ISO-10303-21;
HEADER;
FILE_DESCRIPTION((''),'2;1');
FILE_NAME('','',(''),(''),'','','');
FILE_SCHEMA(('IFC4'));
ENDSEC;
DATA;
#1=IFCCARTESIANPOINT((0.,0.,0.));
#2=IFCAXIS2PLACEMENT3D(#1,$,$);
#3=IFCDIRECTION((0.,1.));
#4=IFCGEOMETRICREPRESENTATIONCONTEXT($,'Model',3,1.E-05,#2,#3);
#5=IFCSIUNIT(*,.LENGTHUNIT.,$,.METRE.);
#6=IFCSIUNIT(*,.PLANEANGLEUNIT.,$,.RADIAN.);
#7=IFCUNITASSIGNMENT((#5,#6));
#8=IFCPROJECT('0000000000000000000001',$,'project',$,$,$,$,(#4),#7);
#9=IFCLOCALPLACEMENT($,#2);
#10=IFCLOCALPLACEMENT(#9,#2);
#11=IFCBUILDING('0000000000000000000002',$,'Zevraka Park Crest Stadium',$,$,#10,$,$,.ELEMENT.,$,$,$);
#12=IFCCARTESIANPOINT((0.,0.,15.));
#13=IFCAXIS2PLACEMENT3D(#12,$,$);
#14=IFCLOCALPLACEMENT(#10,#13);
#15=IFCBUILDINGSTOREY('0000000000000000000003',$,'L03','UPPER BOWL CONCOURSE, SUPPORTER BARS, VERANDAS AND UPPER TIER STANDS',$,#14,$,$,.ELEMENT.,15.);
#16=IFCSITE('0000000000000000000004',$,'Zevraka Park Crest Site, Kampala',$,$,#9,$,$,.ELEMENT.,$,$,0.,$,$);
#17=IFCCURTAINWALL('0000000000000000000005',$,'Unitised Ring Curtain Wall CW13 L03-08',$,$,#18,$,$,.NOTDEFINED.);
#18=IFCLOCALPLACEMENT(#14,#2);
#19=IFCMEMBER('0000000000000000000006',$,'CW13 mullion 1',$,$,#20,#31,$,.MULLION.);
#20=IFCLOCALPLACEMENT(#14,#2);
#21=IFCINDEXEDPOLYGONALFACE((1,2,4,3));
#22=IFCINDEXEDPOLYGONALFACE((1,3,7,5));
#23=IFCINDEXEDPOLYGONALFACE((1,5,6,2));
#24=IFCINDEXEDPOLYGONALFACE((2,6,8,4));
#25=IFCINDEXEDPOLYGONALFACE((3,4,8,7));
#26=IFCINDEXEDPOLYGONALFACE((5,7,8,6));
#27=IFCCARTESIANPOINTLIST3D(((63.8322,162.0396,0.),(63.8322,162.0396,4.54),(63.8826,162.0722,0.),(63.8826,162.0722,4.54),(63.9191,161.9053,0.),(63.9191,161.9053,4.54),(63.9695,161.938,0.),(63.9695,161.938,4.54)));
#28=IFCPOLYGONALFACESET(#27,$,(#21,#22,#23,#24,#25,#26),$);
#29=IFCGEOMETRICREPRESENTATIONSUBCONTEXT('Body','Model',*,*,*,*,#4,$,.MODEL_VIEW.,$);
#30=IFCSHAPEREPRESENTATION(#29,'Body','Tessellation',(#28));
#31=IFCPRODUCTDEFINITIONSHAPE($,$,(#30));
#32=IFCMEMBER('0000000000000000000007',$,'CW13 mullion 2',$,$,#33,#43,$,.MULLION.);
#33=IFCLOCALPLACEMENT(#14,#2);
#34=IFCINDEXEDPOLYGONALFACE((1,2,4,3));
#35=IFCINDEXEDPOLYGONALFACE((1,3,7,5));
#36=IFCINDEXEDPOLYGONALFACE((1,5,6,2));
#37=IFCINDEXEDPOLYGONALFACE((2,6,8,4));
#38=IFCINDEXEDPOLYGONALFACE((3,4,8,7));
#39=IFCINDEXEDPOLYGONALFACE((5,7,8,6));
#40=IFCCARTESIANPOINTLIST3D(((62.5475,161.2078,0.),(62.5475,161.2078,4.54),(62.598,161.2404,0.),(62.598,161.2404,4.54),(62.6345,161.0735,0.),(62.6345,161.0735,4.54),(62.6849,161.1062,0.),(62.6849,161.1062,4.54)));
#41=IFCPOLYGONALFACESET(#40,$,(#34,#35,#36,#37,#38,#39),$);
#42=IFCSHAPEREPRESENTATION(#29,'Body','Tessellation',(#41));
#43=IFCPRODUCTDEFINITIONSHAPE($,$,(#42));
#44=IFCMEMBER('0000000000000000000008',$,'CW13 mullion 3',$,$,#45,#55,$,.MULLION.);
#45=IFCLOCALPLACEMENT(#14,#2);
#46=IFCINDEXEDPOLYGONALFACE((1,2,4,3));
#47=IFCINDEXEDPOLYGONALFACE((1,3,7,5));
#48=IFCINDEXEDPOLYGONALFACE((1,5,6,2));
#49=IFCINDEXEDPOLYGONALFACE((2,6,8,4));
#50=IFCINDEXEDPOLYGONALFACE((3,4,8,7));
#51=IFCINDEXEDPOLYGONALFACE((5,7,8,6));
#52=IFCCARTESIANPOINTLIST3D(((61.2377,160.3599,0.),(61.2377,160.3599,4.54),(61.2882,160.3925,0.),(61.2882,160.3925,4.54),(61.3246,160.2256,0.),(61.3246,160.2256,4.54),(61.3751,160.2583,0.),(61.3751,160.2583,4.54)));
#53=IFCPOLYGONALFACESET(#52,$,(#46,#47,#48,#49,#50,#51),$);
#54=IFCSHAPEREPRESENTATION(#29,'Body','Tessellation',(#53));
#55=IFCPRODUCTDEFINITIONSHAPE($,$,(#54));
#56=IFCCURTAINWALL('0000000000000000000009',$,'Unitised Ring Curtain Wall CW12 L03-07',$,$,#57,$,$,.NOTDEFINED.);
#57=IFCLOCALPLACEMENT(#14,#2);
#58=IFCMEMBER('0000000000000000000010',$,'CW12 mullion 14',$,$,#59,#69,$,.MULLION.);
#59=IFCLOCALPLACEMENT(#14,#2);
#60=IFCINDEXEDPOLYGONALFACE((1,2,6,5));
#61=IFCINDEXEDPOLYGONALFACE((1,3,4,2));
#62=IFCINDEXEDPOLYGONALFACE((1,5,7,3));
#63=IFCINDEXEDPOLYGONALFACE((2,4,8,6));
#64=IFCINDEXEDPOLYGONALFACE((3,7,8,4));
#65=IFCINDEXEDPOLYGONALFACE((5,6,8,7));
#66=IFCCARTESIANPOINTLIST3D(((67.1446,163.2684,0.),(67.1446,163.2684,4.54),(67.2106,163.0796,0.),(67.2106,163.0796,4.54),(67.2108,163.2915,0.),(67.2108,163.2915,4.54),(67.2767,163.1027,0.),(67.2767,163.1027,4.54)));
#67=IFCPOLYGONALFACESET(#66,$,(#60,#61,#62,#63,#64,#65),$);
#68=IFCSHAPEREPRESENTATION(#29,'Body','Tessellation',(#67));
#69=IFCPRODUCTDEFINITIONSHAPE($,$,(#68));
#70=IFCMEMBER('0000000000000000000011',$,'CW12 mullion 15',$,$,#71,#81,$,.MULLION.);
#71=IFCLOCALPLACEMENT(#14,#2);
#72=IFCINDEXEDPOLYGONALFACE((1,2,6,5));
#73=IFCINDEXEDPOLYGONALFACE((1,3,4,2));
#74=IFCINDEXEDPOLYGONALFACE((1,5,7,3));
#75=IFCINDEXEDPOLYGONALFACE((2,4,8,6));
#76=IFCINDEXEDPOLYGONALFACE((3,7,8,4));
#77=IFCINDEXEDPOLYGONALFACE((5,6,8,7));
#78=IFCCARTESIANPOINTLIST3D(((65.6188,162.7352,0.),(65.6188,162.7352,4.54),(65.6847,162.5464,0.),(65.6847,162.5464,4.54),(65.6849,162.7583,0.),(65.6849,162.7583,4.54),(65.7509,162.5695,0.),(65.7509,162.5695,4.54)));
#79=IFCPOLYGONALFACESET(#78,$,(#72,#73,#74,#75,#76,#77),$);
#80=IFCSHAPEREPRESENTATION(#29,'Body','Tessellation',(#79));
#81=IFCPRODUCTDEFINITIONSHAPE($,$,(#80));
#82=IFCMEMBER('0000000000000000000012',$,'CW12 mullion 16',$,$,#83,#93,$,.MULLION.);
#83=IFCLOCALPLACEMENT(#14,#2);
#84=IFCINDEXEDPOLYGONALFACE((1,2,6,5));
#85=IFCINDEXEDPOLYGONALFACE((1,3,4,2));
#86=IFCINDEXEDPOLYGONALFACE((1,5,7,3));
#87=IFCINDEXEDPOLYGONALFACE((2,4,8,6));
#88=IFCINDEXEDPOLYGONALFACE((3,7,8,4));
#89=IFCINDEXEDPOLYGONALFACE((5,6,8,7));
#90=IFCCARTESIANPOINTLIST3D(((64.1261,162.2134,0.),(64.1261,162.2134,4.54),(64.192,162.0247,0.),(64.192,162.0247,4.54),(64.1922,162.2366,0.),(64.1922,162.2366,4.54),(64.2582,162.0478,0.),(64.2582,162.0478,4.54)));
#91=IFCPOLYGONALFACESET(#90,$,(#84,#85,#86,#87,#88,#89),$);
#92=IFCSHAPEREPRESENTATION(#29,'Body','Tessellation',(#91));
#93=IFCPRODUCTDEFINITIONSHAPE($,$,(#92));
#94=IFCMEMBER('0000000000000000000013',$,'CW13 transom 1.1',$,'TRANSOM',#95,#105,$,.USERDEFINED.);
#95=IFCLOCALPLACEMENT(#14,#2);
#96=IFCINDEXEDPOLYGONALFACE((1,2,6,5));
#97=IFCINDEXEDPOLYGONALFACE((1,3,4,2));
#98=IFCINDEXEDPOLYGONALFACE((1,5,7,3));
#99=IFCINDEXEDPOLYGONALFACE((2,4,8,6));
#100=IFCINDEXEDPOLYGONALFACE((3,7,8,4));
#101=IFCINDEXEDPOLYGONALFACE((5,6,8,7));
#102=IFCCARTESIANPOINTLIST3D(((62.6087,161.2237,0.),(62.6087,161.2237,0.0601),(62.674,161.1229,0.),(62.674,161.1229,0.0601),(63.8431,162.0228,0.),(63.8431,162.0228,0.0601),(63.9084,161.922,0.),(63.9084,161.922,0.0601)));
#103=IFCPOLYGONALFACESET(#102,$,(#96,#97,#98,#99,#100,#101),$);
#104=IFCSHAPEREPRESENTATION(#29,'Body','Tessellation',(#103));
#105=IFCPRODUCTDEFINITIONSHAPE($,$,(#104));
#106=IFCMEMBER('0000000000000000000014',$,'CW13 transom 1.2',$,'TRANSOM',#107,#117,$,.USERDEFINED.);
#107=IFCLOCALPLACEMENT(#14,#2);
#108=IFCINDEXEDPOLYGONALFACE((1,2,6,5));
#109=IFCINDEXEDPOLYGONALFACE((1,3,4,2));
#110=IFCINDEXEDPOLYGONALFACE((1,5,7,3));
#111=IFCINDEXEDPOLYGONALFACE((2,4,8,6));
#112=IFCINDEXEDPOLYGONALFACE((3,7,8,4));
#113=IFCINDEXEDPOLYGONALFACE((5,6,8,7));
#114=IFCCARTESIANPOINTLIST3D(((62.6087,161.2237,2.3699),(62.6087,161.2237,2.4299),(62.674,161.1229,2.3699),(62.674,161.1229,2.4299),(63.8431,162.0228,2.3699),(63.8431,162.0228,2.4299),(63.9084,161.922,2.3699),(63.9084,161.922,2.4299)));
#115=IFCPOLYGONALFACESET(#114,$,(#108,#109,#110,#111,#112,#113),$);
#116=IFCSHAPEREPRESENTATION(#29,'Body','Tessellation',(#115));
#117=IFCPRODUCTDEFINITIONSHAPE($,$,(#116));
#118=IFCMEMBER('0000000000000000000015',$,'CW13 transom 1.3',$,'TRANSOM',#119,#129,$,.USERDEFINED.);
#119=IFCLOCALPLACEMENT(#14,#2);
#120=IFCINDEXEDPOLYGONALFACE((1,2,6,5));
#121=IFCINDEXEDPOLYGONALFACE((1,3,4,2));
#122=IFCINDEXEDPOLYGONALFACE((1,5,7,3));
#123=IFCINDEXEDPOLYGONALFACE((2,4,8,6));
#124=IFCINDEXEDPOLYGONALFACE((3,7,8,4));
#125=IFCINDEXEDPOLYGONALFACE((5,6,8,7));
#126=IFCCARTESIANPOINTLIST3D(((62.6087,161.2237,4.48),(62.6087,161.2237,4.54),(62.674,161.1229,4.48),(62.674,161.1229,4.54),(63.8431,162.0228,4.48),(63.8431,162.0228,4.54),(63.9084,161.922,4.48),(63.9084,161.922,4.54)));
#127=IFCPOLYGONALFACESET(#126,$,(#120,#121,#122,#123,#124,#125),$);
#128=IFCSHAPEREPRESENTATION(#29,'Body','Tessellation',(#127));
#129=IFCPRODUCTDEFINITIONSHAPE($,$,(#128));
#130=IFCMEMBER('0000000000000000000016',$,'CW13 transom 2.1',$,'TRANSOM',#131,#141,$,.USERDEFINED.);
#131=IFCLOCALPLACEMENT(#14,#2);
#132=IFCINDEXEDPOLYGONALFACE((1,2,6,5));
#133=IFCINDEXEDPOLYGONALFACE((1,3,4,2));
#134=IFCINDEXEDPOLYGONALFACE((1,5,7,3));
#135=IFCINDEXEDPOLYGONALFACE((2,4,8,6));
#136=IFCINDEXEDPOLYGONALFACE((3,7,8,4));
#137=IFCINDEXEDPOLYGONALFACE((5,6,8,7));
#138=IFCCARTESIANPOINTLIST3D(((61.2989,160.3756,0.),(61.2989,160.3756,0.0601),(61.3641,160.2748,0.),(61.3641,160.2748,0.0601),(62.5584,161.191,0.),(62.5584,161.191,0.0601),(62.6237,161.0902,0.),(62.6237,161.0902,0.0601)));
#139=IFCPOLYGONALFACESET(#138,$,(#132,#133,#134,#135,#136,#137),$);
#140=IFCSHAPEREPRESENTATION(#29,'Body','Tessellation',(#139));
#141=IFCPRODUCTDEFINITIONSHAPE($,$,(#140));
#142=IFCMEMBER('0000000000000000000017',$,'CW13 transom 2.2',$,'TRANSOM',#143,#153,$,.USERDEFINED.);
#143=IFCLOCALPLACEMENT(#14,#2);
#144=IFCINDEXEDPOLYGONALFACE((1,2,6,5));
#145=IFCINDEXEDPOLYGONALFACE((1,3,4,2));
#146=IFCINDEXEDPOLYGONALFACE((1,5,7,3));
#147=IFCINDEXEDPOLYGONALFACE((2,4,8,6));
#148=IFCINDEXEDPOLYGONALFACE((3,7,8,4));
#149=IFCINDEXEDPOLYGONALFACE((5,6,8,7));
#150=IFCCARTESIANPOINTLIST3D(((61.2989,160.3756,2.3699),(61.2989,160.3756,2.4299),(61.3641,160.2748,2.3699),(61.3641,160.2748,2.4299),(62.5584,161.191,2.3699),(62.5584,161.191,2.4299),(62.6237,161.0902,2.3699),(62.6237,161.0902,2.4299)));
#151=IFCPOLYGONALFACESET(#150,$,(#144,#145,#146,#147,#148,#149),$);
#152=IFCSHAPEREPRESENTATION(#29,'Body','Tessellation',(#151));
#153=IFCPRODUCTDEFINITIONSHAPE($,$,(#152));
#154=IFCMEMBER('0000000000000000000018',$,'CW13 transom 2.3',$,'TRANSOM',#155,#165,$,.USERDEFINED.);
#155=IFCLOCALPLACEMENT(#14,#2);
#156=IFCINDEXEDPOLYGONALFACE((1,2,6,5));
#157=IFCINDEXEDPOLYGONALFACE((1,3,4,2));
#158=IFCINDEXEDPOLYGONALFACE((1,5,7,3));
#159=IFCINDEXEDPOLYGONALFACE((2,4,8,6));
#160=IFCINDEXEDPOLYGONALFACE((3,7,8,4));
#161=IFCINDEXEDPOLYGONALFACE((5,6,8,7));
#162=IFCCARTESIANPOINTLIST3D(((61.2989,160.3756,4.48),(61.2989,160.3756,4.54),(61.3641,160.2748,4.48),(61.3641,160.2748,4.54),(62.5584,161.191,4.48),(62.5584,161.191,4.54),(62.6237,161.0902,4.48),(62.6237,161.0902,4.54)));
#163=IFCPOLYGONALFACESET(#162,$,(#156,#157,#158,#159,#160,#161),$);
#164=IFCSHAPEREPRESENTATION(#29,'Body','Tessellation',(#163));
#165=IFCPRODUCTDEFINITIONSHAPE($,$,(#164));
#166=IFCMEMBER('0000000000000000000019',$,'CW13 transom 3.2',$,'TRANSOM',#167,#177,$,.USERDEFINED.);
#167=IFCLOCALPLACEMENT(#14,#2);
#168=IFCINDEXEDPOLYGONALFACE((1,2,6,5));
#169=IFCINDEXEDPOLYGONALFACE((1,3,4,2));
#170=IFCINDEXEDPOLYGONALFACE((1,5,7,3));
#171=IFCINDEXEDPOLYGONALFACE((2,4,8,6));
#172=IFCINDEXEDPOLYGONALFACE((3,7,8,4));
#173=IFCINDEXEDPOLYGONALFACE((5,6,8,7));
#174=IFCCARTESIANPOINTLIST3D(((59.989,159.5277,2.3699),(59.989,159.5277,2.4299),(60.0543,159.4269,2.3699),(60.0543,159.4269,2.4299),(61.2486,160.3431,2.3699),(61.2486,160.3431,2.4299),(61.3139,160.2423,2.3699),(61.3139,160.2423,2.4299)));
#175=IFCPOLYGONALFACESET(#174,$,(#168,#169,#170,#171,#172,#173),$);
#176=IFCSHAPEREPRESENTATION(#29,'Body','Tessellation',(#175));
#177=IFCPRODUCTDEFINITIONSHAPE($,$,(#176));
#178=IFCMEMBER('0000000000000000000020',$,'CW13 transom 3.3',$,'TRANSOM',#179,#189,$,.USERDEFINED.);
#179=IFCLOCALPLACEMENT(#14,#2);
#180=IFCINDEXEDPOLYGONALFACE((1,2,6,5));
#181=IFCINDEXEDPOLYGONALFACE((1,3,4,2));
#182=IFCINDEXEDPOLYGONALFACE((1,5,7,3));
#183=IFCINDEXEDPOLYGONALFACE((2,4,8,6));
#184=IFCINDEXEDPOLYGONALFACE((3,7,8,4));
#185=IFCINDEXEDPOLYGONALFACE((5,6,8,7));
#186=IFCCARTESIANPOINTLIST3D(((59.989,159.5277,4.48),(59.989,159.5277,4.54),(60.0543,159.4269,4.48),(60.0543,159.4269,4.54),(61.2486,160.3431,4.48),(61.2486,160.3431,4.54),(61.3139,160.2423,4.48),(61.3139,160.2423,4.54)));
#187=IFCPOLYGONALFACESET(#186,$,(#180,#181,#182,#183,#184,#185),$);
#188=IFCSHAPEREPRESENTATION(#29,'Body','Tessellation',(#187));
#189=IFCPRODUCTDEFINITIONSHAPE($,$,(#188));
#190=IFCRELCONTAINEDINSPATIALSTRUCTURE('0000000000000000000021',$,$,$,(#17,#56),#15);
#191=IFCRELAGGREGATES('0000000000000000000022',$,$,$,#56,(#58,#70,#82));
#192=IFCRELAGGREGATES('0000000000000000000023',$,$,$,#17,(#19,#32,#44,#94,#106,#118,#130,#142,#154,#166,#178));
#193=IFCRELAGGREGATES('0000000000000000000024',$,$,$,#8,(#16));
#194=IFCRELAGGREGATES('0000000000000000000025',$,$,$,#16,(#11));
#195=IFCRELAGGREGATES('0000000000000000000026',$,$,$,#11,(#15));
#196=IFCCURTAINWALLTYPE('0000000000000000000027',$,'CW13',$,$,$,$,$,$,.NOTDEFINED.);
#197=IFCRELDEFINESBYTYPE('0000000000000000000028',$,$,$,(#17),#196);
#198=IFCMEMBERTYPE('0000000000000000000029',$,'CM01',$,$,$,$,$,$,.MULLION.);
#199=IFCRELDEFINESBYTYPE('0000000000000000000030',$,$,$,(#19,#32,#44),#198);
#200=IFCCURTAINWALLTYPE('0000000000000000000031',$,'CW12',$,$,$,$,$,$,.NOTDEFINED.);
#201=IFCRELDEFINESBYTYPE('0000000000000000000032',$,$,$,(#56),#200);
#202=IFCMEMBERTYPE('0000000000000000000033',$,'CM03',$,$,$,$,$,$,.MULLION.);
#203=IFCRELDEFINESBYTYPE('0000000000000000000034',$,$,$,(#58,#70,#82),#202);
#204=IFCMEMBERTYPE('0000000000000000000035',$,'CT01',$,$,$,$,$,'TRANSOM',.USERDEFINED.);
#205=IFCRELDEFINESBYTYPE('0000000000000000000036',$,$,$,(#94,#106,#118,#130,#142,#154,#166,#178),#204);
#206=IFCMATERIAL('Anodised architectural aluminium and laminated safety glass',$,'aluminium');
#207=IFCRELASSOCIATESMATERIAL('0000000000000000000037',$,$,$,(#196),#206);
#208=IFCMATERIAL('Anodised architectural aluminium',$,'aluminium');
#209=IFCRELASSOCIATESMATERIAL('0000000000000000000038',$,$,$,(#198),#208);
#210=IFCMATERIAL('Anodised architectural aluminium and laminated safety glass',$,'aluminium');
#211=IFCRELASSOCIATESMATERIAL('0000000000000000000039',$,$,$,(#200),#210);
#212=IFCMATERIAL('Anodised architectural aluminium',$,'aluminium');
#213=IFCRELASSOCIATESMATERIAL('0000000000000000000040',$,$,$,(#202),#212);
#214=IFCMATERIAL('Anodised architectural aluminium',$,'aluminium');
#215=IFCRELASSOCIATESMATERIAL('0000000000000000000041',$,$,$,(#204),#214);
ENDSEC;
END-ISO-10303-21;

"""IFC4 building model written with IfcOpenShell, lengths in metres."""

from ifc_helpers import new_model, si_unit, direction, frame, origin, origin_2d, place, context, subcontext, project, spatial, rectangle, extrude, material, material_profile, profile_set, type_object, element, aggregate, save


model = new_model("IFC4")

# Units and contexts
model_context = context("Model", 3, precision=1e-05, world=origin(), true_north=direction((0.0, 1.0)))
body_context = subcontext(model_context, "Body", "Model", "MODEL_VIEW")
ifc_project = project(units=[si_unit("LENGTHUNIT", "METRE"), si_unit("PLANEANGLEUNIT", "RADIAN")], contexts=[model_context])

# Site, building, storey
site_placement = place(None, origin())
site = spatial("IfcSite", under=ifc_project, at=site_placement, Name="Zevraka Park Crest Site, Kampala", CompositionType="ELEMENT", RefElevation=0.0)
building_placement = place(site_placement, origin())
building = spatial("IfcBuilding", under=site, at=building_placement, Name="Zevraka Park Crest Stadium", CompositionType="ELEMENT")
storey_placement = place(building_placement, frame((0.0, 0.0, 15.0)))
storey = spatial("IfcBuildingStorey", under=building, at=storey_placement, Name="L03", Description="UPPER BOWL CONCOURSE, SUPPORTER BARS, VERANDAS AND UPPER TIER STANDS", CompositionType="ELEMENT", Elevation=15.0)

# Curtain walls, members
ifc_material_1 = material(Name="Anodised architectural aluminium and laminated safety glass", Category="aluminium")
curtain_wall_type_1 = type_object("IfcCurtainWallType", Name="CW13", PredefinedType="NOTDEFINED", material=ifc_material_1)
curtain_wall_1_placement = place(storey_placement, origin())
curtain_wall_1 = element("IfcCurtainWall", 1, at=curtain_wall_1_placement, inside=storey, type_object=curtain_wall_type_1, Name="Unitised Ring Curtain Wall CW13 L03-08", PredefinedType="NOTDEFINED")
ifc_material_2 = material(Name="Anodised architectural aluminium", Category="aluminium")
ifc_material_profile_1 = material_profile(ifc_material_2, rectangle(XDim=0.1599, YDim=0.0601, at=origin_2d()), Name="ALU MULLION 160x60")
ifc_profile_set_1 = profile_set([ifc_material_profile_1], Name="Anodised architectural aluminium")
member_type_1 = type_object("IfcMemberType", Name="CM01", PredefinedType="MULLION", material=ifc_profile_set_1)
member_1_placement = place(storey_placement, frame((63.9009, 161.9888, 0.0), z_axis=(0.0, 0.0, 1.0), x_axis=(0.543469, -0.839429, 0.0)))
member_1 = element("IfcMember", 2, at=member_1_placement, type_object=member_type_1, Name="CW13 mullion 1", PredefinedType="MULLION", context=body_context, shape_type="SweptSolid", body=[
    extrude(rectangle(XDim=0.1599, YDim=0.0601, at=origin_2d()), origin(), (0.0, 0.0, 1.0), 4.54),
])
member_2_placement = place(storey_placement, frame((62.6162, 161.157, 0.0), z_axis=(0.0, 0.0, 1.0), x_axis=(0.543469, -0.839429, 0.0)))
member_2 = element("IfcMember", 3, at=member_2_placement, type_object=member_type_1, Name="CW13 mullion 2", PredefinedType="MULLION", context=body_context, shape_type="SweptSolid", body=[
    extrude(rectangle(XDim=0.1599, YDim=0.0601, at=origin_2d()), origin(), (0.0, 0.0, 1.0), 4.54),
])
member_3_placement = place(storey_placement, frame((61.3064, 160.3091, 0.0), z_axis=(0.0, 0.0, 1.0), x_axis=(0.543469, -0.839429, 0.0)))
member_3 = element("IfcMember", 4, at=member_3_placement, type_object=member_type_1, Name="CW13 mullion 3", PredefinedType="MULLION", context=body_context, shape_type="SweptSolid", body=[
    extrude(rectangle(XDim=0.1599, YDim=0.0601, at=origin_2d()), origin(), (0.0, 0.0, 1.0), 4.54),
])
ifc_material_3 = material(Name="Anodised architectural aluminium and laminated safety glass", Category="aluminium")
curtain_wall_type_2 = type_object("IfcCurtainWallType", Name="CW12", PredefinedType="NOTDEFINED", material=ifc_material_3)
curtain_wall_2_placement = place(storey_placement, origin())
curtain_wall_2 = element("IfcCurtainWall", 5, at=curtain_wall_2_placement, inside=storey, type_object=curtain_wall_type_2, Name="Unitised Ring Curtain Wall CW12 L03-07", PredefinedType="NOTDEFINED")
ifc_material_4 = material(Name="Anodised architectural aluminium", Category="aluminium")
ifc_material_profile_2 = material_profile(ifc_material_4, rectangle(XDim=0.2, YDim=0.0701, at=origin_2d()), Name="ALU MULLION 200x70")
ifc_profile_set_2 = profile_set([ifc_material_profile_2], Name="Anodised architectural aluminium")
member_type_2 = type_object("IfcMemberType", Name="CM03", PredefinedType="MULLION", material=ifc_profile_set_2)
member_4_placement = place(storey_placement, frame((67.2107, 163.1855, 0.0), z_axis=(0.0, 0.0, 1.0), x_axis=(0.329917, -0.94401, 0.0)))
member_4 = element("IfcMember", 6, at=member_4_placement, type_object=member_type_2, Name="CW12 mullion 14", PredefinedType="MULLION", context=body_context, shape_type="SweptSolid", body=[
    extrude(rectangle(XDim=0.2, YDim=0.0701, at=origin_2d()), origin(), (0.0, 0.0, 1.0), 4.54),
])
member_5_placement = place(storey_placement, frame((65.6848, 162.6523, 0.0), z_axis=(0.0, 0.0, 1.0), x_axis=(0.329917, -0.94401, 0.0)))
member_5 = element("IfcMember", 7, at=member_5_placement, type_object=member_type_2, Name="CW12 mullion 15", PredefinedType="MULLION", context=body_context, shape_type="SweptSolid", body=[
    extrude(rectangle(XDim=0.2, YDim=0.0701, at=origin_2d()), origin(), (0.0, 0.0, 1.0), 4.54),
])
member_6_placement = place(storey_placement, frame((64.1921, 162.1306, 0.0), z_axis=(0.0, 0.0, 1.0), x_axis=(0.329917, -0.94401, 0.0)))
member_6 = element("IfcMember", 8, at=member_6_placement, type_object=member_type_2, Name="CW12 mullion 16", PredefinedType="MULLION", context=body_context, shape_type="SweptSolid", body=[
    extrude(rectangle(XDim=0.2, YDim=0.0701, at=origin_2d()), origin(), (0.0, 0.0, 1.0), 4.54),
])

# Members
ifc_material_5 = material(Name="Anodised architectural aluminium", Category="aluminium")
ifc_material_profile_3 = material_profile(ifc_material_5, rectangle(XDim=0.1201, YDim=0.0601, at=origin_2d()), Name="ALU TRANSOM 120x60")
ifc_profile_set_3 = profile_set([ifc_material_profile_3], Name="Anodised architectural aluminium")
member_type_3 = type_object("IfcMemberType", Name="CT01", ElementType="TRANSOM", PredefinedType="USERDEFINED", material=ifc_profile_set_3)
member_7_placement = place(storey_placement, frame((63.8757, 161.9724, 0.03), z_axis=(-0.839459, -0.543423, 0.0), x_axis=(0.543423, -0.839459, 0.0)))
member_7 = element("IfcMember", 9, at=member_7_placement, type_object=member_type_3, Name="CW13 transom 1.1", ObjectType="TRANSOM", PredefinedType="USERDEFINED", context=body_context, shape_type="SweptSolid", body=[
    extrude(rectangle(XDim=0.1201, YDim=0.0601, at=origin_2d()), origin(), (0.0, 0.0, 1.0), 1.4705),
])
member_8_placement = place(storey_placement, frame((63.8757, 161.9724, 2.3999), z_axis=(-0.839459, -0.543423, 0.0), x_axis=(0.543423, -0.839459, 0.0)))
member_8 = element("IfcMember", 10, at=member_8_placement, type_object=member_type_3, Name="CW13 transom 1.2", ObjectType="TRANSOM", PredefinedType="USERDEFINED", context=body_context, shape_type="SweptSolid", body=[
    extrude(rectangle(XDim=0.1201, YDim=0.0601, at=origin_2d()), origin(), (0.0, 0.0, 1.0), 1.4705),
])
member_9_placement = place(storey_placement, frame((63.8757, 161.9724, 4.51), z_axis=(-0.839459, -0.543423, 0.0), x_axis=(0.543423, -0.839459, 0.0)))
member_9 = element("IfcMember", 11, at=member_9_placement, type_object=member_type_3, Name="CW13 transom 1.3", ObjectType="TRANSOM", PredefinedType="USERDEFINED", context=body_context, shape_type="SweptSolid", body=[
    extrude(rectangle(XDim=0.1201, YDim=0.0601, at=origin_2d()), origin(), (0.0, 0.0, 1.0), 1.4705),
])
member_10_placement = place(storey_placement, frame((62.5911, 161.1406, 0.03), z_axis=(-0.839435, -0.54346, 0.0), x_axis=(0.54346, -0.839435, 0.0)))
member_10 = element("IfcMember", 12, at=member_10_placement, type_object=member_type_3, Name="CW13 transom 2.1", ObjectType="TRANSOM", PredefinedType="USERDEFINED", context=body_context, shape_type="SweptSolid", body=[
    extrude(rectangle(XDim=0.1201, YDim=0.0601, at=origin_2d()), origin(), (0.0, 0.0, 1.0), 1.5005),
])
member_11_placement = place(storey_placement, frame((62.5911, 161.1406, 2.3999), z_axis=(-0.839435, -0.54346, 0.0), x_axis=(0.54346, -0.839435, 0.0)))
member_11 = element("IfcMember", 13, at=member_11_placement, type_object=member_type_3, Name="CW13 transom 2.2", ObjectType="TRANSOM", PredefinedType="USERDEFINED", context=body_context, shape_type="SweptSolid", body=[
    extrude(rectangle(XDim=0.1201, YDim=0.0601, at=origin_2d()), origin(), (0.0, 0.0, 1.0), 1.5005),
])
member_12_placement = place(storey_placement, frame((62.5911, 161.1406, 4.51), z_axis=(-0.839435, -0.54346, 0.0), x_axis=(0.54346, -0.839435, 0.0)))
member_12 = element("IfcMember", 14, at=member_12_placement, type_object=member_type_3, Name="CW13 transom 2.3", ObjectType="TRANSOM", PredefinedType="USERDEFINED", context=body_context, shape_type="SweptSolid", body=[
    extrude(rectangle(XDim=0.1201, YDim=0.0601, at=origin_2d()), origin(), (0.0, 0.0, 1.0), 1.5005),
])
member_13_placement = place(storey_placement, frame((61.2812, 160.2927, 2.3999), z_axis=(-0.839435, -0.54346, 0.0), x_axis=(0.54346, -0.839435, 0.0)))
member_13 = element("IfcMember", 15, at=member_13_placement, type_object=member_type_3, Name="CW13 transom 3.2", ObjectType="TRANSOM", PredefinedType="USERDEFINED", context=body_context, shape_type="SweptSolid", body=[
    extrude(rectangle(XDim=0.1201, YDim=0.0601, at=origin_2d()), origin(), (0.0, 0.0, 1.0), 1.5005),
])
member_14_placement = place(storey_placement, frame((61.2812, 160.2927, 4.51), z_axis=(-0.839435, -0.54346, 0.0), x_axis=(0.54346, -0.839435, 0.0)))
member_14 = element("IfcMember", 16, at=member_14_placement, type_object=member_type_3, Name="CW13 transom 3.3", ObjectType="TRANSOM", PredefinedType="USERDEFINED", context=body_context, shape_type="SweptSolid", body=[
    extrude(rectangle(XDim=0.1201, YDim=0.0601, at=origin_2d()), origin(), (0.0, 0.0, 1.0), 1.5005),
])

aggregate(curtain_wall_2, [member_4, member_5, member_6])
aggregate(curtain_wall_1, [member_1, member_2, member_3, member_7, member_8, member_9, member_10, member_11, member_12, member_13, member_14])

save(model, "model.ifc")
